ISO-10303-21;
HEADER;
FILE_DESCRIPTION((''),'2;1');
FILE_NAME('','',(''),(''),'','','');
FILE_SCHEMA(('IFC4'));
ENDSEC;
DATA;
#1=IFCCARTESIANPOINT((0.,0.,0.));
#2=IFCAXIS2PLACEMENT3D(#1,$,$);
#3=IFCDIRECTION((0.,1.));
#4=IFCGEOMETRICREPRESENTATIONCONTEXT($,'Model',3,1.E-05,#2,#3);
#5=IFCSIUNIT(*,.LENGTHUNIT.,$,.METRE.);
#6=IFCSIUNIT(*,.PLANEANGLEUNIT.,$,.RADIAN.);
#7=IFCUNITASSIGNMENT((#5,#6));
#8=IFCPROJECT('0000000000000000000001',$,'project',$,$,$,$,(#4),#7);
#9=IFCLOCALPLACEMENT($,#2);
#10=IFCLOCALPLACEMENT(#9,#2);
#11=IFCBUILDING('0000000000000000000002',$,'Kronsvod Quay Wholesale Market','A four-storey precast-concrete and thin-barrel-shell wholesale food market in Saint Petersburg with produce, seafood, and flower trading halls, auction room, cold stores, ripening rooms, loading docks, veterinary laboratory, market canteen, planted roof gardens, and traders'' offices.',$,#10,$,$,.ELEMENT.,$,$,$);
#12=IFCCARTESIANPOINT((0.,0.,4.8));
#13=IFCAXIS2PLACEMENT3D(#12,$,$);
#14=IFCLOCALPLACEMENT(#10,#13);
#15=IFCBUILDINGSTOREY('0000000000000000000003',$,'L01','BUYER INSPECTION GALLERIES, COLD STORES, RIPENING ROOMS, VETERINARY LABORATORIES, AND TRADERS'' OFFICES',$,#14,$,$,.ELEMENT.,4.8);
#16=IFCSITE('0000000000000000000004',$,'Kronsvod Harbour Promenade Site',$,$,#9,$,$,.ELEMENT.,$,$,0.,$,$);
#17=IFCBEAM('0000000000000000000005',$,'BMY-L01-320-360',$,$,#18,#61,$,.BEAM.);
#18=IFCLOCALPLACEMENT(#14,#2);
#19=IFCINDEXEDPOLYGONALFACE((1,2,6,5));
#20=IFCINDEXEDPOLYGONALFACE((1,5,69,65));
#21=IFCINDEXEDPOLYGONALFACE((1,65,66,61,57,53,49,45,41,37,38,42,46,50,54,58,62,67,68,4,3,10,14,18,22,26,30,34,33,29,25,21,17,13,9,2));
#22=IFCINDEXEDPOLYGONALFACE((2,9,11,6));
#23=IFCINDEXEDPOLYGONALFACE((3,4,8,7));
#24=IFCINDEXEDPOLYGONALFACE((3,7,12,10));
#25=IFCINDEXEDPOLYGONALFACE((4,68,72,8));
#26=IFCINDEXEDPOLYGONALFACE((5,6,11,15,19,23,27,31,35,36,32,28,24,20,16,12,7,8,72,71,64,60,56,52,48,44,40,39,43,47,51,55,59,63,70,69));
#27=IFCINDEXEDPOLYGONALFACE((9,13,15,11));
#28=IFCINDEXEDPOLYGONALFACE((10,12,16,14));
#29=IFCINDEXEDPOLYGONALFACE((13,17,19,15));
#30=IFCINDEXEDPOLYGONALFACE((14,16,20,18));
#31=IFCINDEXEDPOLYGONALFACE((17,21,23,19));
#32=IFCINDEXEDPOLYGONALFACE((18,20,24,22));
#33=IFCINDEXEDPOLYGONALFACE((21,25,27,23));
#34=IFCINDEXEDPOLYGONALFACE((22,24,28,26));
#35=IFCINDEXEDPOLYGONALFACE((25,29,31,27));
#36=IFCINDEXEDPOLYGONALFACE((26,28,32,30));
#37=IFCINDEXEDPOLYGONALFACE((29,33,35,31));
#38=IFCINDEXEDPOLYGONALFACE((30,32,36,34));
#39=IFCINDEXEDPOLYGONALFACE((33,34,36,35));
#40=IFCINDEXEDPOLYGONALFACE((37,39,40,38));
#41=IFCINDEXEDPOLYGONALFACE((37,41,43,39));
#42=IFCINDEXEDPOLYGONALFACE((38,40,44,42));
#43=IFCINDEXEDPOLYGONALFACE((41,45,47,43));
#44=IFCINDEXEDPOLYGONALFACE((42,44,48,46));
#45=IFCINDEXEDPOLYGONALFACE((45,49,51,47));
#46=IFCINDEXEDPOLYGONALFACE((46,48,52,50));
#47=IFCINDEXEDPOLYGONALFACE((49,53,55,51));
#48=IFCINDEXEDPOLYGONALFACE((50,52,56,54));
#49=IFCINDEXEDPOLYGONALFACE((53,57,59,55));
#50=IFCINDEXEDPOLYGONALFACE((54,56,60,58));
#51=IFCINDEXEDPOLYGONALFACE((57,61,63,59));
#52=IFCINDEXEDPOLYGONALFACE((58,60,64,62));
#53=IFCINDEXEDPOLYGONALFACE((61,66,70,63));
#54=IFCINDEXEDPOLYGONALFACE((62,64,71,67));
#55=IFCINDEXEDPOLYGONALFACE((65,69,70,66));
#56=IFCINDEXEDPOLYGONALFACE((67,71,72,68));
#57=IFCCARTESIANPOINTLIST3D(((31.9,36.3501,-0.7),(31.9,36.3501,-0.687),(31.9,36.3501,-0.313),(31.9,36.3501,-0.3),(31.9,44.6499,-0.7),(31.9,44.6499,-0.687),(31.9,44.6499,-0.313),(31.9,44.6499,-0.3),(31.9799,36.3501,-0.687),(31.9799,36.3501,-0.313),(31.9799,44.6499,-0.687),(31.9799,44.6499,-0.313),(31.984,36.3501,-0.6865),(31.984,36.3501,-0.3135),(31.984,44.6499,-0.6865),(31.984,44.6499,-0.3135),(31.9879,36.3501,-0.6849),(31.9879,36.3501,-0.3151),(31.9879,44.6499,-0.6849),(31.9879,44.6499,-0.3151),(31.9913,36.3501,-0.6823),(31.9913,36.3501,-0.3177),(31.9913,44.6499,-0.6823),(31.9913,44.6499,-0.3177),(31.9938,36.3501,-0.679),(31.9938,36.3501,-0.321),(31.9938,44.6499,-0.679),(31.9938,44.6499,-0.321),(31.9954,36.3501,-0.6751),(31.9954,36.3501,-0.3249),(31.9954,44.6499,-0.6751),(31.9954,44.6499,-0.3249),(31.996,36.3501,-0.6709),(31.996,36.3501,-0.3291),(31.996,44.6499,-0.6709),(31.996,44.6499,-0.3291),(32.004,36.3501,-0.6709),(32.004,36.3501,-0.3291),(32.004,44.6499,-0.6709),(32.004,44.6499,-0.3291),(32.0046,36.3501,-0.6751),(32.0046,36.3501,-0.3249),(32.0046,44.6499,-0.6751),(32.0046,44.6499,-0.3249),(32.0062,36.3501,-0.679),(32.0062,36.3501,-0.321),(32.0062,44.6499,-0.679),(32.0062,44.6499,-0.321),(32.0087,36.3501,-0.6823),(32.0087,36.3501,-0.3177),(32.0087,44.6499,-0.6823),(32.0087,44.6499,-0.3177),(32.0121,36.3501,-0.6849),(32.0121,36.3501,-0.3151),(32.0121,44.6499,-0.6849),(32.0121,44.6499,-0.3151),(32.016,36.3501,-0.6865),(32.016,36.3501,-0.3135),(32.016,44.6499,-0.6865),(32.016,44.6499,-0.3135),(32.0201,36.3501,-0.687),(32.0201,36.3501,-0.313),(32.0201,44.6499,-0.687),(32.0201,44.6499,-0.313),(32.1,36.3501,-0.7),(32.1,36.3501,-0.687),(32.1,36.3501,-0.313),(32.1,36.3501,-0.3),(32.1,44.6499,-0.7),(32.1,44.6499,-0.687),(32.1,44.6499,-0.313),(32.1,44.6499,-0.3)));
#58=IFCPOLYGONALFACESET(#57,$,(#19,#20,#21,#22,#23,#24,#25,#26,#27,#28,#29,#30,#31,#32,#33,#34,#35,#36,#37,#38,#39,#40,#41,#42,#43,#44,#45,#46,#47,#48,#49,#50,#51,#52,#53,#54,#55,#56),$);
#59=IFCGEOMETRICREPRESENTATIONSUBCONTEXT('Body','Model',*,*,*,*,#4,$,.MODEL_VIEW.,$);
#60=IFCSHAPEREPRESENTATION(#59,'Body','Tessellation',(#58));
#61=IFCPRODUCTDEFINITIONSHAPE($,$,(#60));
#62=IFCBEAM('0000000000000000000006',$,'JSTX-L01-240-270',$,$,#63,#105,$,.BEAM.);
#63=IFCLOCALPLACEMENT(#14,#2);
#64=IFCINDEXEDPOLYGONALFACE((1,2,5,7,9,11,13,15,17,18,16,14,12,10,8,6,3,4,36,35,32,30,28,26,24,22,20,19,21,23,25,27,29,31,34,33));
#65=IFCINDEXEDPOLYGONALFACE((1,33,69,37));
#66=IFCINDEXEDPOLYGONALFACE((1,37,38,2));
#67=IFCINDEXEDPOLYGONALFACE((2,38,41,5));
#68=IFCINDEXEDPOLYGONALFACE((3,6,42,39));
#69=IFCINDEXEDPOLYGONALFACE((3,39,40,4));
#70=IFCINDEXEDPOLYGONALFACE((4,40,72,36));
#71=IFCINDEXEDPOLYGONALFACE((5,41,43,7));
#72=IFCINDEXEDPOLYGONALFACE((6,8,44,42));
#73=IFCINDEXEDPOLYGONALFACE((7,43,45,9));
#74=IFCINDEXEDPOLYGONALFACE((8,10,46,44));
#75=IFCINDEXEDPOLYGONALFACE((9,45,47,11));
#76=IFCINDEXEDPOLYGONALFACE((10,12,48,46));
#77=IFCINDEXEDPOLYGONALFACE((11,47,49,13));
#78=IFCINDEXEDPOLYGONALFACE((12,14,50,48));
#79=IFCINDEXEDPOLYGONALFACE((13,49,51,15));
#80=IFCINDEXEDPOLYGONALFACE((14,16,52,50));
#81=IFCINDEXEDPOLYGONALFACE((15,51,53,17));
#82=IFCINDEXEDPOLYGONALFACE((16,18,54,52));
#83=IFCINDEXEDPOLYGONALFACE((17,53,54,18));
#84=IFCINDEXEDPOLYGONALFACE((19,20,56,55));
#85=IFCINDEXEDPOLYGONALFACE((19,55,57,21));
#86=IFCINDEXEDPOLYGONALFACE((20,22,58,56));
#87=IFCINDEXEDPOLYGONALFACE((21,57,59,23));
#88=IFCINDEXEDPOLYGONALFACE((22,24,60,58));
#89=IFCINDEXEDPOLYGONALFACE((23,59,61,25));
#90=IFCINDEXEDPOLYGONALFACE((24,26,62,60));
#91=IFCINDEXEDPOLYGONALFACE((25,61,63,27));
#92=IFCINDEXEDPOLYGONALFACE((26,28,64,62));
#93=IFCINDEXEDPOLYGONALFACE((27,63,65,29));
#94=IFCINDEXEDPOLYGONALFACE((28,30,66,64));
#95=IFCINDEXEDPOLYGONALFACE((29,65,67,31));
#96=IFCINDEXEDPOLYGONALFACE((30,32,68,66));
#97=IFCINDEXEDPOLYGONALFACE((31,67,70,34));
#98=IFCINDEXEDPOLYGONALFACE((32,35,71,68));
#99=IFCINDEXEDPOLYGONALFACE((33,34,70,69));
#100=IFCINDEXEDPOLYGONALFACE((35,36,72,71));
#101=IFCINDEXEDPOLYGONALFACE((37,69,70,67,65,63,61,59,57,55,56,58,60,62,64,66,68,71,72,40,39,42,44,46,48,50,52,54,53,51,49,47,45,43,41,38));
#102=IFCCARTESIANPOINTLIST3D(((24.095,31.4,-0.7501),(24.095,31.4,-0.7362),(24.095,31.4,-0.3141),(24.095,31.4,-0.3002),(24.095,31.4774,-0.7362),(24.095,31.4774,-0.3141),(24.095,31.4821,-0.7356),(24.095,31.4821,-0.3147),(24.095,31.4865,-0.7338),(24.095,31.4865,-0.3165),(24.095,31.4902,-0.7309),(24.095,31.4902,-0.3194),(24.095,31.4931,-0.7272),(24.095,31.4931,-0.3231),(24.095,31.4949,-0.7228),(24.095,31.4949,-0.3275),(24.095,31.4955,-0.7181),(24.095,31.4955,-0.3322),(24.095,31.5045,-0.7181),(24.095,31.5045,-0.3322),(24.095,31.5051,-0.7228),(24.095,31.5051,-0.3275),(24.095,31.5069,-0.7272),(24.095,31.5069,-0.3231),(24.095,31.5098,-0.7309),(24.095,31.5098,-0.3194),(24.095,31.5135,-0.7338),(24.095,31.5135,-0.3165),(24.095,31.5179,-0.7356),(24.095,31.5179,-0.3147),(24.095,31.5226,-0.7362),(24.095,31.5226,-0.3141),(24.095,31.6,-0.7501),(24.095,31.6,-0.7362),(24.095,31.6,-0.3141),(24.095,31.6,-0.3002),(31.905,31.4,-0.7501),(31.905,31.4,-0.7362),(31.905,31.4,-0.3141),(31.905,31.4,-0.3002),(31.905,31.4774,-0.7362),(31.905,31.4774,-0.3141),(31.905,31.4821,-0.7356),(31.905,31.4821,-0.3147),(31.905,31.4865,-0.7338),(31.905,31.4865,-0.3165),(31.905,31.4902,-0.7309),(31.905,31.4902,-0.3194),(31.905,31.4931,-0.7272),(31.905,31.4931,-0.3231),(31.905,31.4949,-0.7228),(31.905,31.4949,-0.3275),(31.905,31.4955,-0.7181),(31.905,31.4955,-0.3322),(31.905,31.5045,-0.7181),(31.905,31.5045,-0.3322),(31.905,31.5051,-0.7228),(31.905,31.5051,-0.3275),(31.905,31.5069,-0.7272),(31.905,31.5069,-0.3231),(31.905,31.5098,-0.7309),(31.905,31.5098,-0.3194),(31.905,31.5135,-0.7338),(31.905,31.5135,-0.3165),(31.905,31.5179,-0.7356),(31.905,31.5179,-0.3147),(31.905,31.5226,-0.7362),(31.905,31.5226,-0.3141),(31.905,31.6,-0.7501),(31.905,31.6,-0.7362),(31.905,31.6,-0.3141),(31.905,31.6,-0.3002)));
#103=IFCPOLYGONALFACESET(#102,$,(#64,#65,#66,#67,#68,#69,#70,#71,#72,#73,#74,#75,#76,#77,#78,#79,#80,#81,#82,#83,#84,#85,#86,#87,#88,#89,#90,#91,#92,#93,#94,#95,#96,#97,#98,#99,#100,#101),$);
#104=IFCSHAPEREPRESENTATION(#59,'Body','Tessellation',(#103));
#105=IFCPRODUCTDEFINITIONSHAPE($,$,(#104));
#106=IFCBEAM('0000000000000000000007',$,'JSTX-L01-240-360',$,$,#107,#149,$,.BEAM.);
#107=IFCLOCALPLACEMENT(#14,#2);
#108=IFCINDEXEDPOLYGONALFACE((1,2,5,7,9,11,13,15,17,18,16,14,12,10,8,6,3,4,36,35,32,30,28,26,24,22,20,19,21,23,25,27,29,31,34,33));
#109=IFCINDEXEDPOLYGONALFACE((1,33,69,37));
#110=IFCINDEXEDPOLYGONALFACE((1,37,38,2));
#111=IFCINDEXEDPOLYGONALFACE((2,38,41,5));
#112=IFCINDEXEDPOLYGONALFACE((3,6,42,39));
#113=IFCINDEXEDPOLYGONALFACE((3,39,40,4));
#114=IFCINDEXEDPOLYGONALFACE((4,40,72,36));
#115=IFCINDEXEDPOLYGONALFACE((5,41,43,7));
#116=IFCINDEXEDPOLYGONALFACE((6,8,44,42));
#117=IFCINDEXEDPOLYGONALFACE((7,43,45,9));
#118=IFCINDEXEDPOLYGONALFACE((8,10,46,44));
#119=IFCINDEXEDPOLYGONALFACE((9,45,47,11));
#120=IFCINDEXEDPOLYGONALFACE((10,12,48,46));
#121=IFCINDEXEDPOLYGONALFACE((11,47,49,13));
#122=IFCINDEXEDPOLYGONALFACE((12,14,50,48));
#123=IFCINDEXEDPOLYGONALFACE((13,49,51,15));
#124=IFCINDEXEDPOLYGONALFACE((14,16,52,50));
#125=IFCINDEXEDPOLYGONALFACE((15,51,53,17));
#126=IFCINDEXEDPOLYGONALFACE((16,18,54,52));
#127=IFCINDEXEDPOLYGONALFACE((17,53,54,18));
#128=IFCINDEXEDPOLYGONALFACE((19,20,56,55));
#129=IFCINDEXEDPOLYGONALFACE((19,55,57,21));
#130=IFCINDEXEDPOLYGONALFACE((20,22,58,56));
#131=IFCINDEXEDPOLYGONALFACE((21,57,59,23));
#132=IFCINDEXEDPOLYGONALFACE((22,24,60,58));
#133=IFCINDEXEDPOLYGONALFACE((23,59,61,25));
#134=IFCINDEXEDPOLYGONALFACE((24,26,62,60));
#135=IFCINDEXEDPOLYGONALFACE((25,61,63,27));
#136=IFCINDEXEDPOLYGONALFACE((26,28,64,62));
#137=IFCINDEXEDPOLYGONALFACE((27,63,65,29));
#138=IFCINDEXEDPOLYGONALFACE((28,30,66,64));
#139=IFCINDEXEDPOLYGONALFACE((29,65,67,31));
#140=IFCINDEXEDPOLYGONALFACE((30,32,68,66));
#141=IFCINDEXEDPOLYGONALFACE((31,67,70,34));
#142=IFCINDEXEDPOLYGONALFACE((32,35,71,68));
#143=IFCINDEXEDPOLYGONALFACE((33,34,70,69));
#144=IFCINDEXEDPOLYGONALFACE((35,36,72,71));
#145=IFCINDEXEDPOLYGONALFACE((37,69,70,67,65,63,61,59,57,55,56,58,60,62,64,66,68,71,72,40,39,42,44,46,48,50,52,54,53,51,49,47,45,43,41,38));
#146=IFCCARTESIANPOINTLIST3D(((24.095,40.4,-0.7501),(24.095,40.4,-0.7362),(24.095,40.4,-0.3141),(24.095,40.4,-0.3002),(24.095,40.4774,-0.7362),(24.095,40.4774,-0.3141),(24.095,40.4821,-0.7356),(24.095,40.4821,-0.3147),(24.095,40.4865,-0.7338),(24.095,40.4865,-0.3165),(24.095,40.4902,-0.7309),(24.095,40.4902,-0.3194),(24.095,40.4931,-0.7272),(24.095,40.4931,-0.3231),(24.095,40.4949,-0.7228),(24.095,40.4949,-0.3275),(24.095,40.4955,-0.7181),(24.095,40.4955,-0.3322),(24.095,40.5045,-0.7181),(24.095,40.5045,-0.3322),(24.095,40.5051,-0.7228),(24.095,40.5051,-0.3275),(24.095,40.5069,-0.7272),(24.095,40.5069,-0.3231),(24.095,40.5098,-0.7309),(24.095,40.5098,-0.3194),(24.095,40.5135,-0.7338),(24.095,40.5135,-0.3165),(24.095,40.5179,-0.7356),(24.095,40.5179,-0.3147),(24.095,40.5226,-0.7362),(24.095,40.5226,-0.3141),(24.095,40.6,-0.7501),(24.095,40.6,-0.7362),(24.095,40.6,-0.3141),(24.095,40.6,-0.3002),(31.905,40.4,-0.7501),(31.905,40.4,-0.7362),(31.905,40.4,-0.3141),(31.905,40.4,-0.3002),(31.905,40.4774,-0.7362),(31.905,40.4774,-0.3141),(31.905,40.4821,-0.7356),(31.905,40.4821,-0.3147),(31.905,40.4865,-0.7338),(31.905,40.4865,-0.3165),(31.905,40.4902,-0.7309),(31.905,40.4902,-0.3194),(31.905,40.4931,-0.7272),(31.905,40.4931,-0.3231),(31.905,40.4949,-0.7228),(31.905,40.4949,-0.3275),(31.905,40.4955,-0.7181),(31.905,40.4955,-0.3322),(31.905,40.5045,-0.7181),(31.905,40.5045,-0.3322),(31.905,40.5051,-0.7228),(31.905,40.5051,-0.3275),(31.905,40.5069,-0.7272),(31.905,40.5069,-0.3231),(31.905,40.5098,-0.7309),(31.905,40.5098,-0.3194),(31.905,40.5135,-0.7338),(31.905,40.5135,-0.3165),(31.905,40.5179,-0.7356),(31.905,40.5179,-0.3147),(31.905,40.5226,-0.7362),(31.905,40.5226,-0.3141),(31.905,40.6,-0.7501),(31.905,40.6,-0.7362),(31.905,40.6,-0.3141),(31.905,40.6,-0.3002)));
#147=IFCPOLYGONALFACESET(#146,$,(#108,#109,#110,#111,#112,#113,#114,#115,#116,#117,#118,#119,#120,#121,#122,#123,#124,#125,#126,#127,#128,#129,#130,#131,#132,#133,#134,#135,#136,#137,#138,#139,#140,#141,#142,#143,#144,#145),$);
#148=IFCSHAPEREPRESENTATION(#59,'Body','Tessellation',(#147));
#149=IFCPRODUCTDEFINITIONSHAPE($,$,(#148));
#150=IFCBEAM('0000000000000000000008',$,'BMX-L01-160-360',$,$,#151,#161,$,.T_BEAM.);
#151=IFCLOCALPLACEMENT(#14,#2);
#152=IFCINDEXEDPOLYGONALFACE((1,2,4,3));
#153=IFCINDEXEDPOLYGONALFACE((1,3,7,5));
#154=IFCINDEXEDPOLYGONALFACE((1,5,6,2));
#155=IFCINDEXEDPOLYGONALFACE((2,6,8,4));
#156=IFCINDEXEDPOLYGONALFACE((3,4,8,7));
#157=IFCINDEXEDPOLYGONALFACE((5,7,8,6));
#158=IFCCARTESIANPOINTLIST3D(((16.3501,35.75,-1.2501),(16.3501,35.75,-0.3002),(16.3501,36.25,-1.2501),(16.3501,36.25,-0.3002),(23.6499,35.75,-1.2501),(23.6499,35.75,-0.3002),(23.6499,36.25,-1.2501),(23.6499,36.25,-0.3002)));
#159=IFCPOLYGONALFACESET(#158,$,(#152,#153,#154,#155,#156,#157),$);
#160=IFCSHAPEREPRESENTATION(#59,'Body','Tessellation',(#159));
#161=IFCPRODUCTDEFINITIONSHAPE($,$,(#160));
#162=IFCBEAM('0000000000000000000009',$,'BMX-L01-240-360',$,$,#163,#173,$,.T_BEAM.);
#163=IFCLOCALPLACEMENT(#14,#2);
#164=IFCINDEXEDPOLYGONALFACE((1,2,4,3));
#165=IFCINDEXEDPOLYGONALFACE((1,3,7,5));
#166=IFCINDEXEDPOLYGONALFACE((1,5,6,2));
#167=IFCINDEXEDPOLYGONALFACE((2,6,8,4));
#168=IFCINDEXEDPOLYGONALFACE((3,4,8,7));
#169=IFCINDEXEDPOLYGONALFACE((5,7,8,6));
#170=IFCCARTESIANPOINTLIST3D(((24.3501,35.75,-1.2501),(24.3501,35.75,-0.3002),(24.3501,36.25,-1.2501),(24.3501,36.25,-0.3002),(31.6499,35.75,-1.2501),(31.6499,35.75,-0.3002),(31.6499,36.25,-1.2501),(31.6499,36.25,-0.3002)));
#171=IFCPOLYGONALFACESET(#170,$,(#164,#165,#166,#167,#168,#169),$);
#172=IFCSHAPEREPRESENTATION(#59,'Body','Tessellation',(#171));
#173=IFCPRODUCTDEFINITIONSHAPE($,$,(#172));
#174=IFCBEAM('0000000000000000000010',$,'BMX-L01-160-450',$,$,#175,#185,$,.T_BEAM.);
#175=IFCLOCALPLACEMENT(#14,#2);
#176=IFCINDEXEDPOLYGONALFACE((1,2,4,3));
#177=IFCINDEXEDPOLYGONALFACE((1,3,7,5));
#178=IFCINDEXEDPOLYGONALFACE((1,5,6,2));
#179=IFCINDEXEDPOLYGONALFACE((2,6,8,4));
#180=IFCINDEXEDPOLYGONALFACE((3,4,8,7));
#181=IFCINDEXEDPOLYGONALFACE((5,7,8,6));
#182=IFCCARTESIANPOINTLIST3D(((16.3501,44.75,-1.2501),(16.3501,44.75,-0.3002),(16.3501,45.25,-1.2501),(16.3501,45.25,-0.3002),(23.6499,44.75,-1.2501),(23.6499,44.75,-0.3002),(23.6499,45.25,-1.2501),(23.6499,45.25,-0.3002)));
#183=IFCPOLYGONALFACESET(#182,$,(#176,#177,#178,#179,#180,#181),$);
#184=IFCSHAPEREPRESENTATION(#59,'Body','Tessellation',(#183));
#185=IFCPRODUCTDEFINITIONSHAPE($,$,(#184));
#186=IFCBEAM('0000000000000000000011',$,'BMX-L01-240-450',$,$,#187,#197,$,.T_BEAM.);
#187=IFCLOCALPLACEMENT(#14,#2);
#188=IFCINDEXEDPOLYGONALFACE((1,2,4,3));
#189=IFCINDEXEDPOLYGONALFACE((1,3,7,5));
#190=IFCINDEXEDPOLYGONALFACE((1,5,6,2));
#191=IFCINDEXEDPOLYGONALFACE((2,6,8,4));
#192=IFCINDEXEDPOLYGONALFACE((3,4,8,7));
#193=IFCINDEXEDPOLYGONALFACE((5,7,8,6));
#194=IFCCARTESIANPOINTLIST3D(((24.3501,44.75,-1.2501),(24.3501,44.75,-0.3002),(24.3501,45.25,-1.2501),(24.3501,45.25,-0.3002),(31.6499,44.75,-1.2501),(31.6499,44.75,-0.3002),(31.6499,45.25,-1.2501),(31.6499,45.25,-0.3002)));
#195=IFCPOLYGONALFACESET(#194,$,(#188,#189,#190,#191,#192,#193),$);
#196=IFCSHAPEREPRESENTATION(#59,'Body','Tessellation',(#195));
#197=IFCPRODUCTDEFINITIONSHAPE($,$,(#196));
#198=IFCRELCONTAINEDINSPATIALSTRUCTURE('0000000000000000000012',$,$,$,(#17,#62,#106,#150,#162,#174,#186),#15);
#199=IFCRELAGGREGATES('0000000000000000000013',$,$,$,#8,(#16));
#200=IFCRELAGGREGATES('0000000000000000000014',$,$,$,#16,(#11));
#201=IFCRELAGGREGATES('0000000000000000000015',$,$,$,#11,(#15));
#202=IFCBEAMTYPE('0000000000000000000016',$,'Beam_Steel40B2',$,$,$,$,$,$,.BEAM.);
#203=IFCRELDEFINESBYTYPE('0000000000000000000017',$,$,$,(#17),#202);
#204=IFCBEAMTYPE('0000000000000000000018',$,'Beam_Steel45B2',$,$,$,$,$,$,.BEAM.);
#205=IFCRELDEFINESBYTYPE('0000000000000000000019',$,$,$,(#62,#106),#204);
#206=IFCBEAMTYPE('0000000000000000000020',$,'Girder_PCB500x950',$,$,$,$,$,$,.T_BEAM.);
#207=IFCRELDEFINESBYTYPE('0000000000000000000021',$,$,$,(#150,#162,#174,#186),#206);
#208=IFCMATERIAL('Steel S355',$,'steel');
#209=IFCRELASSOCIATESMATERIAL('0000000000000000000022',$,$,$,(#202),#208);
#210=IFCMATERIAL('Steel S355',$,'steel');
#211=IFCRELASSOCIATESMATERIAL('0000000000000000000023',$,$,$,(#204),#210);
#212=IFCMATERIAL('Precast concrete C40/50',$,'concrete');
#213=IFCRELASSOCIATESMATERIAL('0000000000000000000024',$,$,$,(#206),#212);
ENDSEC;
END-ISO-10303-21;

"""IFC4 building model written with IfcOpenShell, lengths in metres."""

from ifc_helpers import new_model, si_unit, direction, frame, origin, origin_2d, place, context, subcontext, project, spatial, rectangle, i_section, extrude, material, material_profile, profile_set, type_object, element, save


model = new_model("IFC4")

# Units and contexts
model_context = context("Model", 3, precision=1e-05, world=origin(), true_north=direction((0.0, 1.0)))
body_context = subcontext(model_context, "Body", "Model", "MODEL_VIEW")
ifc_project = project(units=[si_unit("LENGTHUNIT", "METRE"), si_unit("PLANEANGLEUNIT", "RADIAN")], contexts=[model_context])

# Site, building, storey
site_placement = place(None, origin())
site = spatial("IfcSite", under=ifc_project, at=site_placement, Name="Kronsvod Harbour Promenade Site", CompositionType="ELEMENT", RefElevation=0.0)
building_placement = place(site_placement, origin())
building = spatial("IfcBuilding", under=site, at=building_placement, Name="Kronsvod Quay Wholesale Market", Description="A four-storey precast-concrete and thin-barrel-shell wholesale food market in Saint Petersburg with produce, seafood, and flower trading halls, auction room, cold stores, ripening rooms, loading docks, veterinary laboratory, market canteen, planted roof gardens, and traders' offices.", CompositionType="ELEMENT")
storey_placement = place(building_placement, frame((0.0, 0.0, 4.8)))
storey = spatial("IfcBuildingStorey", under=building, at=storey_placement, Name="L01", Description="BUYER INSPECTION GALLERIES, COLD STORES, RIPENING ROOMS, VETERINARY LABORATORIES, AND TRADERS' OFFICES", CompositionType="ELEMENT", Elevation=4.8)

# Beams
ifc_material_1 = material(Name="Steel S355", Category="steel")
ifc_material_profile_1 = material_profile(ifc_material_1, i_section(OverallWidth=0.2, OverallDepth=0.3999, WebThickness=0.0081, FlangeThickness=0.0129, FilletRadius=0.0161, at=origin_2d()), Name="40B2")
ifc_profile_set_1 = profile_set([ifc_material_profile_1], Name="Steel S355")
beam_type_1 = type_object("IfcBeamType", Name="Beam_Steel40B2", PredefinedType="BEAM", material=ifc_profile_set_1)
for number, where, z_axis, x_axis, name in (
    (1, (32.0, 36.3501, -0.5), (0.0, 1.0, 0.0), (-1.0, 0.0, 0.0), "BMY-L01-320-360"),
):
    element("IfcBeam", number, at=place(storey_placement, frame(where, z_axis=z_axis, x_axis=x_axis)), inside=storey, type_object=beam_type_1, Name=name, PredefinedType="BEAM", context=body_context, shape_type="SweptSolid", body=[
        extrude(i_section(OverallWidth=0.2, OverallDepth=0.3999, WebThickness=0.0081, FlangeThickness=0.0129, FilletRadius=0.0161, at=origin_2d()), origin(), (0.0, 0.0, 1.0), 8.2998),
    ])
ifc_material_2 = material(Name="Steel S355", Category="steel")
ifc_material_profile_2 = material_profile(ifc_material_2, i_section(OverallWidth=0.2, OverallDepth=0.45, WebThickness=0.009, FlangeThickness=0.0139, FilletRadius=0.0181, at=origin_2d()), Name="45B2")
ifc_profile_set_2 = profile_set([ifc_material_profile_2], Name="Steel S355")
beam_type_2 = type_object("IfcBeamType", Name="Beam_Steel45B2", PredefinedType="BEAM", material=ifc_profile_set_2)
for number, where, z_axis, x_axis, name in (
    (2, (24.095, 31.5, -0.5251), (1.0, 0.0, 0.0), (0.0, 1.0, 0.0), "JSTX-L01-240-270"),
    (3, (24.095, 40.5, -0.5251), (1.0, 0.0, 0.0), (0.0, 1.0, 0.0), "JSTX-L01-240-360"),
):
    element("IfcBeam", number, at=place(storey_placement, frame(where, z_axis=z_axis, x_axis=x_axis)), inside=storey, type_object=beam_type_2, Name=name, PredefinedType="BEAM", context=body_context, shape_type="SweptSolid", body=[
        extrude(i_section(OverallWidth=0.2, OverallDepth=0.45, WebThickness=0.009, FlangeThickness=0.0139, FilletRadius=0.0181, at=origin_2d()), origin(), (0.0, 0.0, 1.0), 7.8101),
    ])
ifc_material_3 = material(Name="Precast concrete C40/50", Category="concrete")
ifc_material_profile_3 = material_profile(ifc_material_3, rectangle(XDim=0.5, YDim=0.95, at=origin_2d()), Name="PCB500x950")
ifc_profile_set_3 = profile_set([ifc_material_profile_3], Name="Precast concrete C40/50")
beam_type_3 = type_object("IfcBeamType", Name="Girder_PCB500x950", PredefinedType="T_BEAM", material=ifc_profile_set_3)
for number, where, z_axis, x_axis, name in (
    (4, (16.3501, 36.0, -0.7751), (1.0, 0.0, 0.0), (0.0, 1.0, 0.0), "BMX-L01-160-360"),
    (5, (24.3501, 36.0, -0.7751), (1.0, 0.0, 0.0), (0.0, 1.0, 0.0), "BMX-L01-240-360"),
    (6, (16.3501, 45.0, -0.7751), (1.0, 0.0, 0.0), (0.0, 1.0, 0.0), "BMX-L01-160-450"),
    (7, (24.3501, 45.0, -0.7751), (1.0, 0.0, 0.0), (0.0, 1.0, 0.0), "BMX-L01-240-450"),
):
    element("IfcBeam", number, at=place(storey_placement, frame(where, z_axis=z_axis, x_axis=x_axis)), inside=storey, type_object=beam_type_3, Name=name, PredefinedType="T_BEAM", context=body_context, shape_type="SweptSolid", body=[
        extrude(rectangle(XDim=0.5, YDim=0.95, at=origin_2d()), origin(), (0.0, 0.0, 1.0), 7.2998),
    ])

save(model, "model.ifc")
